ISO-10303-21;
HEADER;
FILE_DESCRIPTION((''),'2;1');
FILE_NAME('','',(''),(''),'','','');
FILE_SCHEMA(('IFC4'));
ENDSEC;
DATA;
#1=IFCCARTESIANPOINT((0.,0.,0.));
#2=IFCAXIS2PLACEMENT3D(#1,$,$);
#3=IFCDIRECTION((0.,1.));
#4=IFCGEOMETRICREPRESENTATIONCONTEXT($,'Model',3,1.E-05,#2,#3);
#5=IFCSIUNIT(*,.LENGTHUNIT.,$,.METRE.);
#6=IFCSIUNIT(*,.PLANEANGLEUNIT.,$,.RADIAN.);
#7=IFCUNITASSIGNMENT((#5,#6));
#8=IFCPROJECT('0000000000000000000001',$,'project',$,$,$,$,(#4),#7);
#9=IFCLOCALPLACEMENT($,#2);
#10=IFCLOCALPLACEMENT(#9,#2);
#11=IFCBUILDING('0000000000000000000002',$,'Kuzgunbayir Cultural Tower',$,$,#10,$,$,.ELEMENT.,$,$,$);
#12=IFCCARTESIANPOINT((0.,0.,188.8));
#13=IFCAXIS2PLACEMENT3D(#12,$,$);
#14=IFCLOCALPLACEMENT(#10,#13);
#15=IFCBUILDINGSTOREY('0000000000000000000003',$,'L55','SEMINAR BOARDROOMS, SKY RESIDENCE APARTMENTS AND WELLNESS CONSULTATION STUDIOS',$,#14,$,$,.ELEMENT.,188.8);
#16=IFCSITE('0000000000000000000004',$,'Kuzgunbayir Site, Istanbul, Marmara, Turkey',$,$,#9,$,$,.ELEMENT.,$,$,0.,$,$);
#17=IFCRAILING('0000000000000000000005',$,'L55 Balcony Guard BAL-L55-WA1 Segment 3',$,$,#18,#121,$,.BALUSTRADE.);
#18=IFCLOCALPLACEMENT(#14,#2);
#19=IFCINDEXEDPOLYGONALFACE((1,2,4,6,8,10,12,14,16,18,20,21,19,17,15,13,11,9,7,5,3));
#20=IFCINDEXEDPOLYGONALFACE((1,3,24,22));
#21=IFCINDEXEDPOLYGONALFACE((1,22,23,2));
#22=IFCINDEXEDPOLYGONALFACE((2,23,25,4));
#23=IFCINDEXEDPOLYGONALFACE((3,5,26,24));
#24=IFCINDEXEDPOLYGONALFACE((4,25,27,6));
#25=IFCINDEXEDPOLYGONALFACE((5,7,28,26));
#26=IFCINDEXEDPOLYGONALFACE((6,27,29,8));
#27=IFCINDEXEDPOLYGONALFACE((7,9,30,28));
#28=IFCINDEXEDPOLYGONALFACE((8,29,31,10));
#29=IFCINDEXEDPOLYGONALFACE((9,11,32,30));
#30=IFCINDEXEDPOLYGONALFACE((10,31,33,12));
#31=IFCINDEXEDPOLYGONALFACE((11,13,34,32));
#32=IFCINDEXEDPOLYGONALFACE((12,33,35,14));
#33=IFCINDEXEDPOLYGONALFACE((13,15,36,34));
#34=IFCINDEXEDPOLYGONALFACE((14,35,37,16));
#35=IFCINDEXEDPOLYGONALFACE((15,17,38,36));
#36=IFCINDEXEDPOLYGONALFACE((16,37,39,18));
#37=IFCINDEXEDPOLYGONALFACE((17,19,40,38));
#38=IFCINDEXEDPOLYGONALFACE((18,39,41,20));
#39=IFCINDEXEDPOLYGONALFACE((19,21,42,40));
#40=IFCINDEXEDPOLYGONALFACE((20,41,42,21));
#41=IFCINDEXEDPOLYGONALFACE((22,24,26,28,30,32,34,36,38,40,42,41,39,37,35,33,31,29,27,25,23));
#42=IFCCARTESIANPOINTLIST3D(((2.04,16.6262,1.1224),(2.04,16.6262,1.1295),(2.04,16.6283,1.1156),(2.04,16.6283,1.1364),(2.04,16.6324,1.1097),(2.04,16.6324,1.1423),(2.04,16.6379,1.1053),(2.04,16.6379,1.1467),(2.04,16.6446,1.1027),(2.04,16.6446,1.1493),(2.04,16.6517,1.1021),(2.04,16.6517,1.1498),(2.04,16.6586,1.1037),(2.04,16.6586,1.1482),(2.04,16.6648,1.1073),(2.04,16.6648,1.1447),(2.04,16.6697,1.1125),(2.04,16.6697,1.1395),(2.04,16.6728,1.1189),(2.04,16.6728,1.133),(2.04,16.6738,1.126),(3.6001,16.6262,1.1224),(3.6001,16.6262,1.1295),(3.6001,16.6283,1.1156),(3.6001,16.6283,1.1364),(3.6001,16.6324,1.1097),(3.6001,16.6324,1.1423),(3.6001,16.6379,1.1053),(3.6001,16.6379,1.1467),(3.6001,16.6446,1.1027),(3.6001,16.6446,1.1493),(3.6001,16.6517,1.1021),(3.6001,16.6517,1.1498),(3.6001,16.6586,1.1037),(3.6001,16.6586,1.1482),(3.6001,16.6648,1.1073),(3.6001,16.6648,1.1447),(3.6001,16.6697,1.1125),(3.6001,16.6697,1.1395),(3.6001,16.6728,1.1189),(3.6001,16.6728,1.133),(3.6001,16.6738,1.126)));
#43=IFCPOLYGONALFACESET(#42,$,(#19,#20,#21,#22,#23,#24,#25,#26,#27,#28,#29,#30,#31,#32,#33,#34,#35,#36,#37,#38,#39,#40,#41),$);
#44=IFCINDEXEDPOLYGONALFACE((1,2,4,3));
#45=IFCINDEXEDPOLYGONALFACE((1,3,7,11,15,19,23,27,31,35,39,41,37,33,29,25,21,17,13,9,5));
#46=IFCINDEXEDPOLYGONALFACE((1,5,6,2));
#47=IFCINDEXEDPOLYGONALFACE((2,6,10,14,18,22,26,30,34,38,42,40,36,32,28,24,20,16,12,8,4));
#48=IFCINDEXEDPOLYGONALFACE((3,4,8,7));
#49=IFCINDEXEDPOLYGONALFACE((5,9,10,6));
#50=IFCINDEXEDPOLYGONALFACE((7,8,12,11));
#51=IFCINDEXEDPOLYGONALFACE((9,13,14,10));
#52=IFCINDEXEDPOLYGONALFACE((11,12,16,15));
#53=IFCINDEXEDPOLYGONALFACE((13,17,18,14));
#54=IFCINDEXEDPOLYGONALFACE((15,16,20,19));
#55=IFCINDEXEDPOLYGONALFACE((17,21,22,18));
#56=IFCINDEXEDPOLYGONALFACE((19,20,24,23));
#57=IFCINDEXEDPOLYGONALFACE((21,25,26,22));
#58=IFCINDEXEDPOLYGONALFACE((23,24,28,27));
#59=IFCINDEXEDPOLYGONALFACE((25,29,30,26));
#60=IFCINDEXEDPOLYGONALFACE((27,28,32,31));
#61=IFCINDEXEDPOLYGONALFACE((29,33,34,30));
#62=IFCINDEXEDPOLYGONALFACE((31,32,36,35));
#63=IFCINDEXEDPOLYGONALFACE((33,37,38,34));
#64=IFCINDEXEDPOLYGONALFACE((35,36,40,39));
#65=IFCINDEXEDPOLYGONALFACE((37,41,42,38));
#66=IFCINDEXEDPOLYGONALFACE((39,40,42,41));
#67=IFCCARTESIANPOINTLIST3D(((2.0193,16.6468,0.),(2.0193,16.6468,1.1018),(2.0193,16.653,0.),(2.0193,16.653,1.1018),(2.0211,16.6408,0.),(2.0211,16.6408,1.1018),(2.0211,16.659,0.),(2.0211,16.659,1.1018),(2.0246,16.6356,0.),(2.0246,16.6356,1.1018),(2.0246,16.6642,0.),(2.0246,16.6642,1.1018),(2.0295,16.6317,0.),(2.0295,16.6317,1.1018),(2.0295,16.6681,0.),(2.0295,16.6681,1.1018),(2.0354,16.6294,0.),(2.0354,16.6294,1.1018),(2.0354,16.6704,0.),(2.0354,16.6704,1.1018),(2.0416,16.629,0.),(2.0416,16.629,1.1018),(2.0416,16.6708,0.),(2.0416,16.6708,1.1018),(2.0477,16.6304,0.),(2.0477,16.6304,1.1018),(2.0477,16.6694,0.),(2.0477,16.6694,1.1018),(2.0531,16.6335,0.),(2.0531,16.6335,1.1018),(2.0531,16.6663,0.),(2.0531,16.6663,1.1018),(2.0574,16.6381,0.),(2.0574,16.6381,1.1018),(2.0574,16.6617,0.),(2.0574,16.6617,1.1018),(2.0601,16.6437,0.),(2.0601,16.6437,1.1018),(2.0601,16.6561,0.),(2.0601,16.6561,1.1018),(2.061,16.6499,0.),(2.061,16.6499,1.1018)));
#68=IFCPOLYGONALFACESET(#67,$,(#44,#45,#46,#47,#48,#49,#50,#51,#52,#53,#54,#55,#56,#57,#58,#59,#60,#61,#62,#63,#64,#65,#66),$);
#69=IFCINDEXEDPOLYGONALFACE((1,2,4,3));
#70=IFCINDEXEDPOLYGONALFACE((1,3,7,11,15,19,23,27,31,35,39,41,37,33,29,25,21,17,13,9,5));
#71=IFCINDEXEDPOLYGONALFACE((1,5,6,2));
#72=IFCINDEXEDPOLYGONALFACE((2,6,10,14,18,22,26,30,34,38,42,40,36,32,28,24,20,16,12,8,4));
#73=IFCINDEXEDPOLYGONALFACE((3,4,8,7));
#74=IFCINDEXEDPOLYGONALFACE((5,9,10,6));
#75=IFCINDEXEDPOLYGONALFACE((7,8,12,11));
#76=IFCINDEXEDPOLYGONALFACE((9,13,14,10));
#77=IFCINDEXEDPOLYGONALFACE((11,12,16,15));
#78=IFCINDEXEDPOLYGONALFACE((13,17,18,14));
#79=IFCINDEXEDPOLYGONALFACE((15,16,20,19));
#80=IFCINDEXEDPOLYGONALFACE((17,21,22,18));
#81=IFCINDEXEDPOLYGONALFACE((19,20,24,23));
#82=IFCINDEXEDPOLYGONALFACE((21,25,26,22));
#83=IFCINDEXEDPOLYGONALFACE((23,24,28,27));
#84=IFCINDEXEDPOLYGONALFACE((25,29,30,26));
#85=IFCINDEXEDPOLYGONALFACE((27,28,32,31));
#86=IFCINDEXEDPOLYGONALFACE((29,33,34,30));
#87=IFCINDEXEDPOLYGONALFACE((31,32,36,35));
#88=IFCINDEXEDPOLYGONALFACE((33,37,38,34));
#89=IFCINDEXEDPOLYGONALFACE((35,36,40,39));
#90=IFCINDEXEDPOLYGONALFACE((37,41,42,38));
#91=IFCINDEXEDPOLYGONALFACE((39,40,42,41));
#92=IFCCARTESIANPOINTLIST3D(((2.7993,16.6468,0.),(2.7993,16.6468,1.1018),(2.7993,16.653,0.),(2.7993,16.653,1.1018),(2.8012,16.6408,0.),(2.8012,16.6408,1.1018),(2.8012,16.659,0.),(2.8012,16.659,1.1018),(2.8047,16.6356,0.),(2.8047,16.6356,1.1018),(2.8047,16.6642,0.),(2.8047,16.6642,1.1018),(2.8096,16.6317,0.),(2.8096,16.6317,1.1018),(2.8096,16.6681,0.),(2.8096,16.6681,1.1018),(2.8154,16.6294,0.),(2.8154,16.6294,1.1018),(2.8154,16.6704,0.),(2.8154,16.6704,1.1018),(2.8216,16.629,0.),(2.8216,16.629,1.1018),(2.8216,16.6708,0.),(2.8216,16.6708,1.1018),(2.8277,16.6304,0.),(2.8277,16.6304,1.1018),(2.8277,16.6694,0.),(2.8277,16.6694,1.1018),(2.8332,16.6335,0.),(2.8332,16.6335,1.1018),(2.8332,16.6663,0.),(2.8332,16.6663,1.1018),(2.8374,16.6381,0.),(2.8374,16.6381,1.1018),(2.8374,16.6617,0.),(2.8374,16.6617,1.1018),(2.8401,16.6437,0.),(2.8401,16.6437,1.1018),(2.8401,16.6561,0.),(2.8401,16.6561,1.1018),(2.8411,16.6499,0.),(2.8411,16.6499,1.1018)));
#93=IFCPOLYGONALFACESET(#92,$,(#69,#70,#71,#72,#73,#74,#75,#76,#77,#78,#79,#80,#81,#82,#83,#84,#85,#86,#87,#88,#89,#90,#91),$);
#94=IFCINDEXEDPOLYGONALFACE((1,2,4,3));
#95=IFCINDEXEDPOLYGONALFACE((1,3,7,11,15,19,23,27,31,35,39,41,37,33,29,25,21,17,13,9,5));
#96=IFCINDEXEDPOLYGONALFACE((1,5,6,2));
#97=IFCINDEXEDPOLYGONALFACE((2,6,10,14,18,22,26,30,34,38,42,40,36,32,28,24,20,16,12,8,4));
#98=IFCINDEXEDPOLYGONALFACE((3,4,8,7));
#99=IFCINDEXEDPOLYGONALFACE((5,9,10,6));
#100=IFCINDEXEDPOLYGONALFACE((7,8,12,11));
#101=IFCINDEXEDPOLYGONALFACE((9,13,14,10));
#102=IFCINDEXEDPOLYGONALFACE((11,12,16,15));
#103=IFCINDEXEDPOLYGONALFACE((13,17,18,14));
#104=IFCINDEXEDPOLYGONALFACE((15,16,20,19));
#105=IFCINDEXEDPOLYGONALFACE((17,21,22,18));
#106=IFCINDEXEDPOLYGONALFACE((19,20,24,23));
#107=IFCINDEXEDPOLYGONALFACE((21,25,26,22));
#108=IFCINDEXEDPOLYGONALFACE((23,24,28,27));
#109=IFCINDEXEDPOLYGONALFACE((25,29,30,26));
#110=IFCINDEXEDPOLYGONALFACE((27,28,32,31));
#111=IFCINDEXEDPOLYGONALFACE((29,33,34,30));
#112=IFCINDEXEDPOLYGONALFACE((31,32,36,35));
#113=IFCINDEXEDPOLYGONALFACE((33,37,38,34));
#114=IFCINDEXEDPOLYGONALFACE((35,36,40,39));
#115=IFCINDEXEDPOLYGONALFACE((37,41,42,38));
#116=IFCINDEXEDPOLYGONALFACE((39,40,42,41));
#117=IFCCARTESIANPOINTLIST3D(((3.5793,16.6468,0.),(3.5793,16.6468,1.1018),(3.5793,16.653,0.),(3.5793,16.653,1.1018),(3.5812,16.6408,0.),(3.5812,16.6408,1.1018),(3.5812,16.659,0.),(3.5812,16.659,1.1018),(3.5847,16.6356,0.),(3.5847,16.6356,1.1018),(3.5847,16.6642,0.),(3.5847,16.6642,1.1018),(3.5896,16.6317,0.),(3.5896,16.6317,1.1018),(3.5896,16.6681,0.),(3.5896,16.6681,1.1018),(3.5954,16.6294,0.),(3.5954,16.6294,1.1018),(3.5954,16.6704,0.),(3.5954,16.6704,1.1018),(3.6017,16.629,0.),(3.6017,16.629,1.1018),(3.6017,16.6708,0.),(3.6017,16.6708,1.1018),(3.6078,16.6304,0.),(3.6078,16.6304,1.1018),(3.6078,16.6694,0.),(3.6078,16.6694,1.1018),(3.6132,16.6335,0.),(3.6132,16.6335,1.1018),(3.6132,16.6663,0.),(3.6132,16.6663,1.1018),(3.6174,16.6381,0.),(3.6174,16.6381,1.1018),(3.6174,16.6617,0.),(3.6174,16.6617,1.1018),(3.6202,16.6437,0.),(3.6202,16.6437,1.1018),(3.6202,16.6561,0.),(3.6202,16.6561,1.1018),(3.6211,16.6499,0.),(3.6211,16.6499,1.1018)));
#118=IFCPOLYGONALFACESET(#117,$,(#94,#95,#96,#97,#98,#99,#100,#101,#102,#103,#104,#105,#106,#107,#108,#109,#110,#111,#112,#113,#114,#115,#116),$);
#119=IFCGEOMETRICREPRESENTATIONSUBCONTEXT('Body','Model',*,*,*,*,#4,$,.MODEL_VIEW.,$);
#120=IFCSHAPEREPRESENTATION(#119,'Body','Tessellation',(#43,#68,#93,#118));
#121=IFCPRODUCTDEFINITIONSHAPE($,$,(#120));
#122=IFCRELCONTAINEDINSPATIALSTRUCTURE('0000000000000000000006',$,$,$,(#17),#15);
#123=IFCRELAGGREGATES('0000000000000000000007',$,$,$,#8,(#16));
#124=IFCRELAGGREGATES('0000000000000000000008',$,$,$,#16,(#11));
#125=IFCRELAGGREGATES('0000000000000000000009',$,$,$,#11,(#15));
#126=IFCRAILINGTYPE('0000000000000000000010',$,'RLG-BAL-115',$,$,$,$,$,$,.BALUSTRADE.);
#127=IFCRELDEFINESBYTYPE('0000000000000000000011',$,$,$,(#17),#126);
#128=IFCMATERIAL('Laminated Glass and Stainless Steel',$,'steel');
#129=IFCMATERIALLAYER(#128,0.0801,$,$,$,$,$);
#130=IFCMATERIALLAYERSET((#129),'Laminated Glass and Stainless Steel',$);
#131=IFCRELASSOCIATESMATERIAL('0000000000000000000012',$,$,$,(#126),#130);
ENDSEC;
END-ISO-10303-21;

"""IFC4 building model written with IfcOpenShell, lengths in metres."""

from ifc_helpers import new_model, si_unit, direction, frame, origin, origin_2d, place, context, subcontext, project, spatial, circle, extrude, material, layer, layer_set, type_object, element, save


model = new_model("IFC4")

# Units and contexts
model_context = context("Model", 3, precision=1e-05, world=origin(), true_north=direction((0.0, 1.0)))
body_context = subcontext(model_context, "Body", "Model", "MODEL_VIEW")
ifc_project = project(units=[si_unit("LENGTHUNIT", "METRE"), si_unit("PLANEANGLEUNIT", "RADIAN")], contexts=[model_context])

# Site, building, storey
site_placement = place(None, origin())
site = spatial("IfcSite", under=ifc_project, at=site_placement, Name="Kuzgunbayir Site, Istanbul, Marmara, Turkey", CompositionType="ELEMENT", RefElevation=0.0)
building_placement = place(site_placement, origin())
building = spatial("IfcBuilding", under=site, at=building_placement, Name="Kuzgunbayir Cultural Tower", CompositionType="ELEMENT")
storey_placement = place(building_placement, frame((0.0, 0.0, 188.8)))
storey = spatial("IfcBuildingStorey", under=building, at=storey_placement, Name="L55", Description="SEMINAR BOARDROOMS, SKY RESIDENCE APARTMENTS AND WELLNESS CONSULTATION STUDIOS", CompositionType="ELEMENT", Elevation=188.8)

# Railing
ifc_material_1 = material(Name="Laminated Glass and Stainless Steel", Category="steel")
ifc_layer_1 = layer(ifc_material_1, 0.0801)
ifc_layer_set_1 = layer_set([ifc_layer_1], Name="Laminated Glass and Stainless Steel")
railing_type = type_object("IfcRailingType", Name="RLG-BAL-115", PredefinedType="BALUSTRADE", material=ifc_layer_set_1)
railing_1_placement = place(storey_placement, frame((2.04, 16.6499, 0.0)))
element("IfcRailing", 1, at=railing_1_placement, inside=storey, type_object=railing_type, Name="L55 Balcony Guard BAL-L55-WA1 Segment 3", PredefinedType="BALUSTRADE", context=body_context, shape_type="SweptSolid", body=[
    extrude(circle(Radius=0.0239, at=origin_2d()), frame((0.0, 0.0, 1.126), z_axis=(1.0, 0.0, 0.0), x_axis=(0.0, 1.0, 0.0)), (0.0, 0.0, 1.0), 1.5601),
    extrude(circle(Radius=0.021, at=origin_2d()), origin(), (0.0, 0.0, 1.0), 1.1018),
    extrude(circle(Radius=0.021, at=origin_2d()), frame((0.78, 0.0, 0.0)), (0.0, 0.0, 1.0), 1.1018),
    extrude(circle(Radius=0.021, at=origin_2d()), frame((1.5601, 0.0, 0.0)), (0.0, 0.0, 1.0), 1.1018),
])

save(model, "model.ifc")
